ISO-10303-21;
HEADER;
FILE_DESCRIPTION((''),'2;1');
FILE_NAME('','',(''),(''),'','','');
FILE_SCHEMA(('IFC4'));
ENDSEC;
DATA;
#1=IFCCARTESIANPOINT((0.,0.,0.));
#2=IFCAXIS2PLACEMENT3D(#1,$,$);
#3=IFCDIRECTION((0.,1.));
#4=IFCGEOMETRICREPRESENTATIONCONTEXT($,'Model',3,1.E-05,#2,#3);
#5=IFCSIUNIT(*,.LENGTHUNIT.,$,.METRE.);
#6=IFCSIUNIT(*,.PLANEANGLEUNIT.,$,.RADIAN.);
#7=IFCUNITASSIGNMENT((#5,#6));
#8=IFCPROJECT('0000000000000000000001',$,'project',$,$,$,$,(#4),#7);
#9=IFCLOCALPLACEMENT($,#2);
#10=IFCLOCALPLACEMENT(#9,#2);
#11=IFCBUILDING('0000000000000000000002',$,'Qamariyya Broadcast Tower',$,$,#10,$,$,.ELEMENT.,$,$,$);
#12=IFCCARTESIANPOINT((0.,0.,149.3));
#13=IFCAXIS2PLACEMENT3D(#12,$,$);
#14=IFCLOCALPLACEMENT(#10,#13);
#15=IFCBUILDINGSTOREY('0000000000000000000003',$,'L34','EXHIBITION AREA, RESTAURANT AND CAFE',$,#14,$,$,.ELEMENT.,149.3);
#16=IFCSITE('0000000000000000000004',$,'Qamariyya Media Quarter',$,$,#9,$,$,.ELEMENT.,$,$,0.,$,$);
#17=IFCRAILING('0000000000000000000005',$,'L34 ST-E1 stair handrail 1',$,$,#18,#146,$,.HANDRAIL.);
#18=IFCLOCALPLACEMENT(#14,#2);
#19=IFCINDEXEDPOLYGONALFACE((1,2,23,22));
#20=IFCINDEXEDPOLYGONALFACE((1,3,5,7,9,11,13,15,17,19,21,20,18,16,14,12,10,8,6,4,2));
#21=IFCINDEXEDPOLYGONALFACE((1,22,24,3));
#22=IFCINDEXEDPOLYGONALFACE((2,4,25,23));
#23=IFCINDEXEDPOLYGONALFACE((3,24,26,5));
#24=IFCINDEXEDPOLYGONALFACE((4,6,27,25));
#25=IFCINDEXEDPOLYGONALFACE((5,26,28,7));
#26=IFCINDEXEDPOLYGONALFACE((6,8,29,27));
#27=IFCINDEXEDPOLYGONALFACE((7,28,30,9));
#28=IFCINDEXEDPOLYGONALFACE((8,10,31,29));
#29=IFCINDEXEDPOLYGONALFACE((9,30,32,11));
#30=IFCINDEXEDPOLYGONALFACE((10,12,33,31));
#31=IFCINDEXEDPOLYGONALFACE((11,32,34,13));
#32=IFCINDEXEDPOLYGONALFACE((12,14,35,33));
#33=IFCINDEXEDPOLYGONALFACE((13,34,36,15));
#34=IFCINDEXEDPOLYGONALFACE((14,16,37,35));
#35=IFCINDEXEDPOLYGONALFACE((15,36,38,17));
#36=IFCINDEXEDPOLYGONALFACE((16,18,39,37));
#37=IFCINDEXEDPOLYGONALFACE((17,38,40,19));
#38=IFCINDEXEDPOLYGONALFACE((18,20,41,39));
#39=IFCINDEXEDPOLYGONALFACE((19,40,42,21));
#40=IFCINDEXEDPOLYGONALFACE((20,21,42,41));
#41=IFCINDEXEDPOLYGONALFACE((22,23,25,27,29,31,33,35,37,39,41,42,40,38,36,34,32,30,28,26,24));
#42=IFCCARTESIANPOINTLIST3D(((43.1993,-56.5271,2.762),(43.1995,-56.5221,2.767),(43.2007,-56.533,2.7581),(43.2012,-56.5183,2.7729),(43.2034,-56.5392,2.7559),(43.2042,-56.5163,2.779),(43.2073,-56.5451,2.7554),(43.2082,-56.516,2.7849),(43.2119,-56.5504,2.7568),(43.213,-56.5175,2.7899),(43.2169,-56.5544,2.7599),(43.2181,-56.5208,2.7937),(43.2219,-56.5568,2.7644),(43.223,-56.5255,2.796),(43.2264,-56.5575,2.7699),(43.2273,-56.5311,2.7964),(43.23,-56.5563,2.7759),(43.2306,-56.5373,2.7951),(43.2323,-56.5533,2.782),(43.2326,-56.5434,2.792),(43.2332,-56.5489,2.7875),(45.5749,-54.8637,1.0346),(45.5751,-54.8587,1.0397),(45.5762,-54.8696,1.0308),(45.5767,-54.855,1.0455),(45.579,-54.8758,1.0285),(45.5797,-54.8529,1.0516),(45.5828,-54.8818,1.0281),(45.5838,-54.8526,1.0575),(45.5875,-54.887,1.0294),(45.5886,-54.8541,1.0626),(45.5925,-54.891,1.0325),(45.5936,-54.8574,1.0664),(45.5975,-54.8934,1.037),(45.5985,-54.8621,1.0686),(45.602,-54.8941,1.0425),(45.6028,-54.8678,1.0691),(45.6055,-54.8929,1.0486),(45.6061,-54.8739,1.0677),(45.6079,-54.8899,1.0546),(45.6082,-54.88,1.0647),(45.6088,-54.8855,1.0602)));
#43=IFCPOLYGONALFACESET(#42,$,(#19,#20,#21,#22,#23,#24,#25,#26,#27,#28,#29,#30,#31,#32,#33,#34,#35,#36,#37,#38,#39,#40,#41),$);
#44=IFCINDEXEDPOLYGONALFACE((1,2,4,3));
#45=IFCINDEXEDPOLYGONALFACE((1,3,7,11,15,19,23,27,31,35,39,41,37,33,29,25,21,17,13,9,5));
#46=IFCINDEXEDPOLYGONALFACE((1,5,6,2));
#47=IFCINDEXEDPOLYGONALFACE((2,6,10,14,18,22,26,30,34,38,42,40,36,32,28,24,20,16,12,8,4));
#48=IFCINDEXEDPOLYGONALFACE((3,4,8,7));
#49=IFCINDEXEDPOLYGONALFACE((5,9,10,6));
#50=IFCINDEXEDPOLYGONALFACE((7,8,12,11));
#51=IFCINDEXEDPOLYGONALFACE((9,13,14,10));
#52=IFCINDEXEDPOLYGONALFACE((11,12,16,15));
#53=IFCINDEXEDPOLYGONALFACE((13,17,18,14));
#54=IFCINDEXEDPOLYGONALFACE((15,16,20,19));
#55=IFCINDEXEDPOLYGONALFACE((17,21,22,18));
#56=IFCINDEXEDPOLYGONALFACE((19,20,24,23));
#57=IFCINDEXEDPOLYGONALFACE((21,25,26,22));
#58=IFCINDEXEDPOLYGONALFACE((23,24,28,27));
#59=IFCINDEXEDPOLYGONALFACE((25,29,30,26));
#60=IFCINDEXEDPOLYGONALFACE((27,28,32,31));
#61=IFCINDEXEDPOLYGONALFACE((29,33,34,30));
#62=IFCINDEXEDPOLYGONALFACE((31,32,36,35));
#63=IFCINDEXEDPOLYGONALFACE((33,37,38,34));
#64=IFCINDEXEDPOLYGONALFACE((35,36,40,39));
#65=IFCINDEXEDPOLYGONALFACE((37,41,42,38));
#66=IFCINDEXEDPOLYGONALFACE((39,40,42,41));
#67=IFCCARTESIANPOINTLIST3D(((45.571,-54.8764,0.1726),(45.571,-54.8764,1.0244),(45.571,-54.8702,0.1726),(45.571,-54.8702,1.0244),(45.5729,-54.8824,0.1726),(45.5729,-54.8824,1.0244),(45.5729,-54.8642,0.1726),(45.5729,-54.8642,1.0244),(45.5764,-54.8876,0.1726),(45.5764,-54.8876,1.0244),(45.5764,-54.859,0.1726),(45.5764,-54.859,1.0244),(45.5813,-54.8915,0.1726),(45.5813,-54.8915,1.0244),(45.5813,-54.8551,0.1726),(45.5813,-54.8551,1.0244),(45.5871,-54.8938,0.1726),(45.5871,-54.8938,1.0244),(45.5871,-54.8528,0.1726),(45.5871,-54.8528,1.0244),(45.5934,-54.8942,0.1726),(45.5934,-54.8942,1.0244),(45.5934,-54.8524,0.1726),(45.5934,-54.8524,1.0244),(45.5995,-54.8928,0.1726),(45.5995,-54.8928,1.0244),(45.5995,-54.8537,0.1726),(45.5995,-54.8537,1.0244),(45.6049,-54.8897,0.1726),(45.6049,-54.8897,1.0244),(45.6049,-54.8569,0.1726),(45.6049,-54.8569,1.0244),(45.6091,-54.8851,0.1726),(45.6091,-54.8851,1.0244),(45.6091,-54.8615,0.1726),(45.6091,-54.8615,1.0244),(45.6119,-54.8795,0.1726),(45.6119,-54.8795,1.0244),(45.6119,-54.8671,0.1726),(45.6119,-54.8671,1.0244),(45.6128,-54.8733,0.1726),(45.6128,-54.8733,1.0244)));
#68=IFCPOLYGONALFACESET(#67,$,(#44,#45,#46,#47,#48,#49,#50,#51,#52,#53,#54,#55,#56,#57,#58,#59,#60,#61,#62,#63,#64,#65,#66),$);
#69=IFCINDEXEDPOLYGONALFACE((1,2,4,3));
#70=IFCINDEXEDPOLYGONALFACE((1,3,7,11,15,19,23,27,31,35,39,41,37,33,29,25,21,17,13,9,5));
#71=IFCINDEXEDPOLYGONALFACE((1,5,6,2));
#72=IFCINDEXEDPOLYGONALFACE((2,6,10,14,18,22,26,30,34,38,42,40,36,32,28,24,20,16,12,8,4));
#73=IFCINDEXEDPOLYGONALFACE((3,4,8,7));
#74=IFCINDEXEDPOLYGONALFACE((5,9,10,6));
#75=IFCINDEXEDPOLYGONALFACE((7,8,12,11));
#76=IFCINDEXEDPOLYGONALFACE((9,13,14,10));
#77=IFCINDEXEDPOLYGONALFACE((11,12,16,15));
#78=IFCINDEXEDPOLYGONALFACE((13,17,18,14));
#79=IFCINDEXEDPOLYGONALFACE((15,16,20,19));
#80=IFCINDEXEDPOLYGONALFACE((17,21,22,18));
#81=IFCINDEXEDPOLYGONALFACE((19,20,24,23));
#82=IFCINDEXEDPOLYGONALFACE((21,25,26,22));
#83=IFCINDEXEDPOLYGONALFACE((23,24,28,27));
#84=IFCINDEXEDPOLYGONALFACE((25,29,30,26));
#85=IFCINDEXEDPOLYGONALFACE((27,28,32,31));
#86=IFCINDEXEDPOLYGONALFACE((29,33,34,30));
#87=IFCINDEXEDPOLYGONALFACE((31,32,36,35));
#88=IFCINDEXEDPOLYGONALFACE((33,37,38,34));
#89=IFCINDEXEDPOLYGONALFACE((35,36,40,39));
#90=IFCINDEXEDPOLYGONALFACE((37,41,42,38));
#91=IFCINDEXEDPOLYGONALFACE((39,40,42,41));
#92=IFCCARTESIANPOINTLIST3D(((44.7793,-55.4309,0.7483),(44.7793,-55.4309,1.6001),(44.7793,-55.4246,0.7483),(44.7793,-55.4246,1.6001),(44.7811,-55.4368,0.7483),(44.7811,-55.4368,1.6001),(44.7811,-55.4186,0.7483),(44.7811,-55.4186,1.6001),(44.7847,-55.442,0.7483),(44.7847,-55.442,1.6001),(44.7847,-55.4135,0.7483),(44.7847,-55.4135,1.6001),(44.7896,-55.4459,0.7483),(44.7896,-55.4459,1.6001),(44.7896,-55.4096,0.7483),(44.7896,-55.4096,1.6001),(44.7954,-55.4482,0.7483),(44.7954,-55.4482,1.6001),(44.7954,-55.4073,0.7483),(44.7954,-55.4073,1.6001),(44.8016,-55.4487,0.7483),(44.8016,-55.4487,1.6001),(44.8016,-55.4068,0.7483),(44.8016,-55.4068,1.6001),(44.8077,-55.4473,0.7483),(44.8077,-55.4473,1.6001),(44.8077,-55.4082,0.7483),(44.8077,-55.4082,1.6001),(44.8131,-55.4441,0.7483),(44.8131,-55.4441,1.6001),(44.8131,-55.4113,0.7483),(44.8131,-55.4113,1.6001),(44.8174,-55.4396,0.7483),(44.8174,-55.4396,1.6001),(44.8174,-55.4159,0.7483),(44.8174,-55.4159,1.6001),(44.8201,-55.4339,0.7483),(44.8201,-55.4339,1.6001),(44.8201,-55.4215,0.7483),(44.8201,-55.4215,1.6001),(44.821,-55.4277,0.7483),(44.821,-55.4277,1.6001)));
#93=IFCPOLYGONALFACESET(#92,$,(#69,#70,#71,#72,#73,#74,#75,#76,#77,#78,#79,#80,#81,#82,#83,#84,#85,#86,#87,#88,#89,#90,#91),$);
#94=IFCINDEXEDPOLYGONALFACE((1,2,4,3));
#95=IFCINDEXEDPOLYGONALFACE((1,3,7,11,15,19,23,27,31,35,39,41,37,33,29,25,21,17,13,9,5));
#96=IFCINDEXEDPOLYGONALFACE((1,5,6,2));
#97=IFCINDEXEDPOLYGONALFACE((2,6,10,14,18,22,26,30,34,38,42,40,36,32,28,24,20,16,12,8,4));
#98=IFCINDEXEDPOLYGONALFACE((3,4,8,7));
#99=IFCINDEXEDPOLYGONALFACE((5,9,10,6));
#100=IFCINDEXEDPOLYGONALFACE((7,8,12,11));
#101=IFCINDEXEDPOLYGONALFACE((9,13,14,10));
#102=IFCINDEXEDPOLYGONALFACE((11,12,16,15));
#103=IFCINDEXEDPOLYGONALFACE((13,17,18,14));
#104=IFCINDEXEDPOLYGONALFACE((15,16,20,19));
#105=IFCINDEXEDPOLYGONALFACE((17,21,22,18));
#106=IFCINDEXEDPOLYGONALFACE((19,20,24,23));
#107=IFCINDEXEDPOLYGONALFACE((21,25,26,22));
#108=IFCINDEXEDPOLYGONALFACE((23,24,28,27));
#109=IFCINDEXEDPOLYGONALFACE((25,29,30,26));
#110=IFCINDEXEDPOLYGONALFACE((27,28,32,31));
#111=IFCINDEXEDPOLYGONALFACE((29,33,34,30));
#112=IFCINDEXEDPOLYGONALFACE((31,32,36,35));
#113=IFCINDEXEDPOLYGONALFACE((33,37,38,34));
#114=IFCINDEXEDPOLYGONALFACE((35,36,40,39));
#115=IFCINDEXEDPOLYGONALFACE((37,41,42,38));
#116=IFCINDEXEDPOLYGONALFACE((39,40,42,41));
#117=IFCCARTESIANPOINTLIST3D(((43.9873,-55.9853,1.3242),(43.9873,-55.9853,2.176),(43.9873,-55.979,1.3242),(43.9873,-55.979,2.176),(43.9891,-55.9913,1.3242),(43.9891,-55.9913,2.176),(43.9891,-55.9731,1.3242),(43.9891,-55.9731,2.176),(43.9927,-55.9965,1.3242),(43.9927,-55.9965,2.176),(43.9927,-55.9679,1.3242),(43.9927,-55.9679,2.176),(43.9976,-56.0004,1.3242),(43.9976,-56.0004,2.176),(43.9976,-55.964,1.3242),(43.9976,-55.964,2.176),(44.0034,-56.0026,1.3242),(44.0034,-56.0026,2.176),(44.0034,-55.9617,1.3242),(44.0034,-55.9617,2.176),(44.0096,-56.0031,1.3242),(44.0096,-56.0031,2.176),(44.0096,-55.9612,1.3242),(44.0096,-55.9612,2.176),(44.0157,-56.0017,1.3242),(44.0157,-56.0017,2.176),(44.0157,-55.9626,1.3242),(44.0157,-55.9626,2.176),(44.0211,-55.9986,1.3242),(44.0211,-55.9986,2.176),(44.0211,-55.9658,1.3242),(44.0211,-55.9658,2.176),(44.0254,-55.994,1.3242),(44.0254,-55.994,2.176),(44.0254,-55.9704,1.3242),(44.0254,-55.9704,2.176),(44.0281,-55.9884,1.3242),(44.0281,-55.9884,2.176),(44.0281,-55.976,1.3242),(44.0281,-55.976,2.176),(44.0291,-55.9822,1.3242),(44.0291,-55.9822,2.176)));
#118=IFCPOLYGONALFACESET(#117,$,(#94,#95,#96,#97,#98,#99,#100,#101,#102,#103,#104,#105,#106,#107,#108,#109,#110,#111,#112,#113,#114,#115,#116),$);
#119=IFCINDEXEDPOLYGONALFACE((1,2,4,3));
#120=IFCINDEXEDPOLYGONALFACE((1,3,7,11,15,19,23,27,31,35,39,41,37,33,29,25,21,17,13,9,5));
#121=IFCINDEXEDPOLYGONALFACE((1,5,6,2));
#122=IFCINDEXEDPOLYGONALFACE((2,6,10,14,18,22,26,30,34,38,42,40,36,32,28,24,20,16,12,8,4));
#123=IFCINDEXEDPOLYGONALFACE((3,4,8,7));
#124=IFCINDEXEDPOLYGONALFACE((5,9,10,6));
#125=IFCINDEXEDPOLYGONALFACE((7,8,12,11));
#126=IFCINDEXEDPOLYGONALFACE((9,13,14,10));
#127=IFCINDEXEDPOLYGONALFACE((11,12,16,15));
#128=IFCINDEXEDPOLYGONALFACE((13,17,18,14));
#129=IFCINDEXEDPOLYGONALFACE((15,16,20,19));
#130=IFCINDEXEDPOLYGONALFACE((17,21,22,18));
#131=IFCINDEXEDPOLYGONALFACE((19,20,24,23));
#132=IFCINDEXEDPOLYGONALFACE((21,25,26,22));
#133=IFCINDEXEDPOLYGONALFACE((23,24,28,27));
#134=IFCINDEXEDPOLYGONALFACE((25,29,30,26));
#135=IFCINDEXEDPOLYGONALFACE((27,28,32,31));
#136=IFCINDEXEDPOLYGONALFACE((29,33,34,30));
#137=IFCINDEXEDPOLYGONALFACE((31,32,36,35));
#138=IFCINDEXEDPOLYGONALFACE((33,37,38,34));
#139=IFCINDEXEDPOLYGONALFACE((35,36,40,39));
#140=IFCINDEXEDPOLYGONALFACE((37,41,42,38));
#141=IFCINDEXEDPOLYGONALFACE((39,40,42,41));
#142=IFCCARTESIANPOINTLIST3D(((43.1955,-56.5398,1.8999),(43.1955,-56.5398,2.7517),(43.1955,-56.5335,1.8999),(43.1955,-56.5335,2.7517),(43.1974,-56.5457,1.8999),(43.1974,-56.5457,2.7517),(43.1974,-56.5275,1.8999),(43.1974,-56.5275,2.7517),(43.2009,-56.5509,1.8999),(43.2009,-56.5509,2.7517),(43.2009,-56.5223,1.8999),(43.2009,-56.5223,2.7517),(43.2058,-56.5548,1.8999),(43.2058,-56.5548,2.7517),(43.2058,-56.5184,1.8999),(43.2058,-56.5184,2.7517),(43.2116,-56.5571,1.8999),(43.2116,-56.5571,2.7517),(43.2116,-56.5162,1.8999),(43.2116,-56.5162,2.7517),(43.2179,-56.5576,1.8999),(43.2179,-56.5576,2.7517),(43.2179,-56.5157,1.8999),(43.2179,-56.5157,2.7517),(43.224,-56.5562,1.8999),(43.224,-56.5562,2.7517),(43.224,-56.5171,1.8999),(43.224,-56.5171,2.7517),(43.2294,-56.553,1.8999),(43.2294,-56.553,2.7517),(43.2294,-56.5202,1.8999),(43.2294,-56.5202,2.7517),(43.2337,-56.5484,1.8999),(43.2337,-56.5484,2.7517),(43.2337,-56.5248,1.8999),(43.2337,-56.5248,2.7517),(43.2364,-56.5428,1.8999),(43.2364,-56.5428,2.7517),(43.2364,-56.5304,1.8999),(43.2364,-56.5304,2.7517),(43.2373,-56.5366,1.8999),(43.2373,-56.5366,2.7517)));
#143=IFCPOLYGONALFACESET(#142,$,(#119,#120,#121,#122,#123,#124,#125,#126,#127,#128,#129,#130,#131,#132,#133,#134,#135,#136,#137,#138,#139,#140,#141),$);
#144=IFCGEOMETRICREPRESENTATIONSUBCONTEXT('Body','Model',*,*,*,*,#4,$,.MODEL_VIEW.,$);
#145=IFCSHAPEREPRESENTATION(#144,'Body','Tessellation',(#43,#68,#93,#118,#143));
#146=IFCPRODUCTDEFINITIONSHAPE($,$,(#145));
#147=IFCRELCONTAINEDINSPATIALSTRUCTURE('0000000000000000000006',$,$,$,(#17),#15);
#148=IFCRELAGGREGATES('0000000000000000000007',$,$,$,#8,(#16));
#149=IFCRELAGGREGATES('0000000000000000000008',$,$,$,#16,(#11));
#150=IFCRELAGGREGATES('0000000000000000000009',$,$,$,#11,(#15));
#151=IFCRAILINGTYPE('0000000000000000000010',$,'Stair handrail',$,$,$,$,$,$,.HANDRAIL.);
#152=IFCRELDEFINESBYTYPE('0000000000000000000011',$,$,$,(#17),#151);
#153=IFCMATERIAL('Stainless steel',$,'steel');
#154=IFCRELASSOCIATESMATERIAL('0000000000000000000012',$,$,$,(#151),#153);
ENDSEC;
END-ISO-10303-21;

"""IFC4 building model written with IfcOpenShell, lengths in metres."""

from ifc_helpers import new_model, si_unit, direction, frame, origin, origin_2d, place, context, subcontext, project, spatial, circle, extrude, material, type_object, element, save


model = new_model("IFC4")

# Units and contexts
model_context = context("Model", 3, precision=1e-05, world=origin(), true_north=direction((0.0, 1.0)))
body_context = subcontext(model_context, "Body", "Model", "MODEL_VIEW")
ifc_project = project(units=[si_unit("LENGTHUNIT", "METRE"), si_unit("PLANEANGLEUNIT", "RADIAN")], contexts=[model_context])

# Site, building, storey
site_placement = place(None, origin())
site = spatial("IfcSite", under=ifc_project, at=site_placement, Name="Qamariyya Media Quarter", CompositionType="ELEMENT", RefElevation=0.0)
building_placement = place(site_placement, origin())
building = spatial("IfcBuilding", under=site, at=building_placement, Name="Qamariyya Broadcast Tower", CompositionType="ELEMENT")
storey_placement = place(building_placement, frame((0.0, 0.0, 149.3)))
storey = spatial("IfcBuildingStorey", under=building, at=storey_placement, Name="L34", Description="EXHIBITION AREA, RESTAURANT AND CAFE", CompositionType="ELEMENT", Elevation=149.3)

# Railing
ifc_material_1 = material(Name="Stainless steel", Category="steel")
railing_type_1 = type_object("IfcRailingType", Name="Stair handrail", PredefinedType="HANDRAIL", material=ifc_material_1)
railing_1_placement = place(storey_placement, frame((45.5918, -54.8733, 0.1726)))
element("IfcRailing", 1, at=railing_1_placement, inside=storey, type_object=railing_type_1, Name="L34 ST-E1 stair handrail 1", PredefinedType="HANDRAIL", context=body_context, shape_type="SweptSolid", body=[
    extrude(circle(Radius=0.0239, at=origin_2d()), frame((0.0, 0.0, 0.876), z_axis=(-0.70377, -0.492784, 0.511734), x_axis=(0.573575, -0.819153, 0.0)), (0.0, 0.0, 1.0), 3.3755),
    extrude(circle(Radius=0.021, at=origin_2d()), origin(), (0.0, 0.0, 1.0), 0.8518),
    extrude(circle(Radius=0.021, at=origin_2d()), frame((-0.7917, -0.5544, 0.5757)), (0.0, 0.0, 1.0), 0.8518),
    extrude(circle(Radius=0.021, at=origin_2d()), frame((-1.5837, -1.1089, 1.1516)), (0.0, 0.0, 1.0), 0.8518),
    extrude(circle(Radius=0.021, at=origin_2d()), frame((-2.3755, -1.6633, 1.7273)), (0.0, 0.0, 1.0), 0.8518),
])

save(model, "model.ifc")
